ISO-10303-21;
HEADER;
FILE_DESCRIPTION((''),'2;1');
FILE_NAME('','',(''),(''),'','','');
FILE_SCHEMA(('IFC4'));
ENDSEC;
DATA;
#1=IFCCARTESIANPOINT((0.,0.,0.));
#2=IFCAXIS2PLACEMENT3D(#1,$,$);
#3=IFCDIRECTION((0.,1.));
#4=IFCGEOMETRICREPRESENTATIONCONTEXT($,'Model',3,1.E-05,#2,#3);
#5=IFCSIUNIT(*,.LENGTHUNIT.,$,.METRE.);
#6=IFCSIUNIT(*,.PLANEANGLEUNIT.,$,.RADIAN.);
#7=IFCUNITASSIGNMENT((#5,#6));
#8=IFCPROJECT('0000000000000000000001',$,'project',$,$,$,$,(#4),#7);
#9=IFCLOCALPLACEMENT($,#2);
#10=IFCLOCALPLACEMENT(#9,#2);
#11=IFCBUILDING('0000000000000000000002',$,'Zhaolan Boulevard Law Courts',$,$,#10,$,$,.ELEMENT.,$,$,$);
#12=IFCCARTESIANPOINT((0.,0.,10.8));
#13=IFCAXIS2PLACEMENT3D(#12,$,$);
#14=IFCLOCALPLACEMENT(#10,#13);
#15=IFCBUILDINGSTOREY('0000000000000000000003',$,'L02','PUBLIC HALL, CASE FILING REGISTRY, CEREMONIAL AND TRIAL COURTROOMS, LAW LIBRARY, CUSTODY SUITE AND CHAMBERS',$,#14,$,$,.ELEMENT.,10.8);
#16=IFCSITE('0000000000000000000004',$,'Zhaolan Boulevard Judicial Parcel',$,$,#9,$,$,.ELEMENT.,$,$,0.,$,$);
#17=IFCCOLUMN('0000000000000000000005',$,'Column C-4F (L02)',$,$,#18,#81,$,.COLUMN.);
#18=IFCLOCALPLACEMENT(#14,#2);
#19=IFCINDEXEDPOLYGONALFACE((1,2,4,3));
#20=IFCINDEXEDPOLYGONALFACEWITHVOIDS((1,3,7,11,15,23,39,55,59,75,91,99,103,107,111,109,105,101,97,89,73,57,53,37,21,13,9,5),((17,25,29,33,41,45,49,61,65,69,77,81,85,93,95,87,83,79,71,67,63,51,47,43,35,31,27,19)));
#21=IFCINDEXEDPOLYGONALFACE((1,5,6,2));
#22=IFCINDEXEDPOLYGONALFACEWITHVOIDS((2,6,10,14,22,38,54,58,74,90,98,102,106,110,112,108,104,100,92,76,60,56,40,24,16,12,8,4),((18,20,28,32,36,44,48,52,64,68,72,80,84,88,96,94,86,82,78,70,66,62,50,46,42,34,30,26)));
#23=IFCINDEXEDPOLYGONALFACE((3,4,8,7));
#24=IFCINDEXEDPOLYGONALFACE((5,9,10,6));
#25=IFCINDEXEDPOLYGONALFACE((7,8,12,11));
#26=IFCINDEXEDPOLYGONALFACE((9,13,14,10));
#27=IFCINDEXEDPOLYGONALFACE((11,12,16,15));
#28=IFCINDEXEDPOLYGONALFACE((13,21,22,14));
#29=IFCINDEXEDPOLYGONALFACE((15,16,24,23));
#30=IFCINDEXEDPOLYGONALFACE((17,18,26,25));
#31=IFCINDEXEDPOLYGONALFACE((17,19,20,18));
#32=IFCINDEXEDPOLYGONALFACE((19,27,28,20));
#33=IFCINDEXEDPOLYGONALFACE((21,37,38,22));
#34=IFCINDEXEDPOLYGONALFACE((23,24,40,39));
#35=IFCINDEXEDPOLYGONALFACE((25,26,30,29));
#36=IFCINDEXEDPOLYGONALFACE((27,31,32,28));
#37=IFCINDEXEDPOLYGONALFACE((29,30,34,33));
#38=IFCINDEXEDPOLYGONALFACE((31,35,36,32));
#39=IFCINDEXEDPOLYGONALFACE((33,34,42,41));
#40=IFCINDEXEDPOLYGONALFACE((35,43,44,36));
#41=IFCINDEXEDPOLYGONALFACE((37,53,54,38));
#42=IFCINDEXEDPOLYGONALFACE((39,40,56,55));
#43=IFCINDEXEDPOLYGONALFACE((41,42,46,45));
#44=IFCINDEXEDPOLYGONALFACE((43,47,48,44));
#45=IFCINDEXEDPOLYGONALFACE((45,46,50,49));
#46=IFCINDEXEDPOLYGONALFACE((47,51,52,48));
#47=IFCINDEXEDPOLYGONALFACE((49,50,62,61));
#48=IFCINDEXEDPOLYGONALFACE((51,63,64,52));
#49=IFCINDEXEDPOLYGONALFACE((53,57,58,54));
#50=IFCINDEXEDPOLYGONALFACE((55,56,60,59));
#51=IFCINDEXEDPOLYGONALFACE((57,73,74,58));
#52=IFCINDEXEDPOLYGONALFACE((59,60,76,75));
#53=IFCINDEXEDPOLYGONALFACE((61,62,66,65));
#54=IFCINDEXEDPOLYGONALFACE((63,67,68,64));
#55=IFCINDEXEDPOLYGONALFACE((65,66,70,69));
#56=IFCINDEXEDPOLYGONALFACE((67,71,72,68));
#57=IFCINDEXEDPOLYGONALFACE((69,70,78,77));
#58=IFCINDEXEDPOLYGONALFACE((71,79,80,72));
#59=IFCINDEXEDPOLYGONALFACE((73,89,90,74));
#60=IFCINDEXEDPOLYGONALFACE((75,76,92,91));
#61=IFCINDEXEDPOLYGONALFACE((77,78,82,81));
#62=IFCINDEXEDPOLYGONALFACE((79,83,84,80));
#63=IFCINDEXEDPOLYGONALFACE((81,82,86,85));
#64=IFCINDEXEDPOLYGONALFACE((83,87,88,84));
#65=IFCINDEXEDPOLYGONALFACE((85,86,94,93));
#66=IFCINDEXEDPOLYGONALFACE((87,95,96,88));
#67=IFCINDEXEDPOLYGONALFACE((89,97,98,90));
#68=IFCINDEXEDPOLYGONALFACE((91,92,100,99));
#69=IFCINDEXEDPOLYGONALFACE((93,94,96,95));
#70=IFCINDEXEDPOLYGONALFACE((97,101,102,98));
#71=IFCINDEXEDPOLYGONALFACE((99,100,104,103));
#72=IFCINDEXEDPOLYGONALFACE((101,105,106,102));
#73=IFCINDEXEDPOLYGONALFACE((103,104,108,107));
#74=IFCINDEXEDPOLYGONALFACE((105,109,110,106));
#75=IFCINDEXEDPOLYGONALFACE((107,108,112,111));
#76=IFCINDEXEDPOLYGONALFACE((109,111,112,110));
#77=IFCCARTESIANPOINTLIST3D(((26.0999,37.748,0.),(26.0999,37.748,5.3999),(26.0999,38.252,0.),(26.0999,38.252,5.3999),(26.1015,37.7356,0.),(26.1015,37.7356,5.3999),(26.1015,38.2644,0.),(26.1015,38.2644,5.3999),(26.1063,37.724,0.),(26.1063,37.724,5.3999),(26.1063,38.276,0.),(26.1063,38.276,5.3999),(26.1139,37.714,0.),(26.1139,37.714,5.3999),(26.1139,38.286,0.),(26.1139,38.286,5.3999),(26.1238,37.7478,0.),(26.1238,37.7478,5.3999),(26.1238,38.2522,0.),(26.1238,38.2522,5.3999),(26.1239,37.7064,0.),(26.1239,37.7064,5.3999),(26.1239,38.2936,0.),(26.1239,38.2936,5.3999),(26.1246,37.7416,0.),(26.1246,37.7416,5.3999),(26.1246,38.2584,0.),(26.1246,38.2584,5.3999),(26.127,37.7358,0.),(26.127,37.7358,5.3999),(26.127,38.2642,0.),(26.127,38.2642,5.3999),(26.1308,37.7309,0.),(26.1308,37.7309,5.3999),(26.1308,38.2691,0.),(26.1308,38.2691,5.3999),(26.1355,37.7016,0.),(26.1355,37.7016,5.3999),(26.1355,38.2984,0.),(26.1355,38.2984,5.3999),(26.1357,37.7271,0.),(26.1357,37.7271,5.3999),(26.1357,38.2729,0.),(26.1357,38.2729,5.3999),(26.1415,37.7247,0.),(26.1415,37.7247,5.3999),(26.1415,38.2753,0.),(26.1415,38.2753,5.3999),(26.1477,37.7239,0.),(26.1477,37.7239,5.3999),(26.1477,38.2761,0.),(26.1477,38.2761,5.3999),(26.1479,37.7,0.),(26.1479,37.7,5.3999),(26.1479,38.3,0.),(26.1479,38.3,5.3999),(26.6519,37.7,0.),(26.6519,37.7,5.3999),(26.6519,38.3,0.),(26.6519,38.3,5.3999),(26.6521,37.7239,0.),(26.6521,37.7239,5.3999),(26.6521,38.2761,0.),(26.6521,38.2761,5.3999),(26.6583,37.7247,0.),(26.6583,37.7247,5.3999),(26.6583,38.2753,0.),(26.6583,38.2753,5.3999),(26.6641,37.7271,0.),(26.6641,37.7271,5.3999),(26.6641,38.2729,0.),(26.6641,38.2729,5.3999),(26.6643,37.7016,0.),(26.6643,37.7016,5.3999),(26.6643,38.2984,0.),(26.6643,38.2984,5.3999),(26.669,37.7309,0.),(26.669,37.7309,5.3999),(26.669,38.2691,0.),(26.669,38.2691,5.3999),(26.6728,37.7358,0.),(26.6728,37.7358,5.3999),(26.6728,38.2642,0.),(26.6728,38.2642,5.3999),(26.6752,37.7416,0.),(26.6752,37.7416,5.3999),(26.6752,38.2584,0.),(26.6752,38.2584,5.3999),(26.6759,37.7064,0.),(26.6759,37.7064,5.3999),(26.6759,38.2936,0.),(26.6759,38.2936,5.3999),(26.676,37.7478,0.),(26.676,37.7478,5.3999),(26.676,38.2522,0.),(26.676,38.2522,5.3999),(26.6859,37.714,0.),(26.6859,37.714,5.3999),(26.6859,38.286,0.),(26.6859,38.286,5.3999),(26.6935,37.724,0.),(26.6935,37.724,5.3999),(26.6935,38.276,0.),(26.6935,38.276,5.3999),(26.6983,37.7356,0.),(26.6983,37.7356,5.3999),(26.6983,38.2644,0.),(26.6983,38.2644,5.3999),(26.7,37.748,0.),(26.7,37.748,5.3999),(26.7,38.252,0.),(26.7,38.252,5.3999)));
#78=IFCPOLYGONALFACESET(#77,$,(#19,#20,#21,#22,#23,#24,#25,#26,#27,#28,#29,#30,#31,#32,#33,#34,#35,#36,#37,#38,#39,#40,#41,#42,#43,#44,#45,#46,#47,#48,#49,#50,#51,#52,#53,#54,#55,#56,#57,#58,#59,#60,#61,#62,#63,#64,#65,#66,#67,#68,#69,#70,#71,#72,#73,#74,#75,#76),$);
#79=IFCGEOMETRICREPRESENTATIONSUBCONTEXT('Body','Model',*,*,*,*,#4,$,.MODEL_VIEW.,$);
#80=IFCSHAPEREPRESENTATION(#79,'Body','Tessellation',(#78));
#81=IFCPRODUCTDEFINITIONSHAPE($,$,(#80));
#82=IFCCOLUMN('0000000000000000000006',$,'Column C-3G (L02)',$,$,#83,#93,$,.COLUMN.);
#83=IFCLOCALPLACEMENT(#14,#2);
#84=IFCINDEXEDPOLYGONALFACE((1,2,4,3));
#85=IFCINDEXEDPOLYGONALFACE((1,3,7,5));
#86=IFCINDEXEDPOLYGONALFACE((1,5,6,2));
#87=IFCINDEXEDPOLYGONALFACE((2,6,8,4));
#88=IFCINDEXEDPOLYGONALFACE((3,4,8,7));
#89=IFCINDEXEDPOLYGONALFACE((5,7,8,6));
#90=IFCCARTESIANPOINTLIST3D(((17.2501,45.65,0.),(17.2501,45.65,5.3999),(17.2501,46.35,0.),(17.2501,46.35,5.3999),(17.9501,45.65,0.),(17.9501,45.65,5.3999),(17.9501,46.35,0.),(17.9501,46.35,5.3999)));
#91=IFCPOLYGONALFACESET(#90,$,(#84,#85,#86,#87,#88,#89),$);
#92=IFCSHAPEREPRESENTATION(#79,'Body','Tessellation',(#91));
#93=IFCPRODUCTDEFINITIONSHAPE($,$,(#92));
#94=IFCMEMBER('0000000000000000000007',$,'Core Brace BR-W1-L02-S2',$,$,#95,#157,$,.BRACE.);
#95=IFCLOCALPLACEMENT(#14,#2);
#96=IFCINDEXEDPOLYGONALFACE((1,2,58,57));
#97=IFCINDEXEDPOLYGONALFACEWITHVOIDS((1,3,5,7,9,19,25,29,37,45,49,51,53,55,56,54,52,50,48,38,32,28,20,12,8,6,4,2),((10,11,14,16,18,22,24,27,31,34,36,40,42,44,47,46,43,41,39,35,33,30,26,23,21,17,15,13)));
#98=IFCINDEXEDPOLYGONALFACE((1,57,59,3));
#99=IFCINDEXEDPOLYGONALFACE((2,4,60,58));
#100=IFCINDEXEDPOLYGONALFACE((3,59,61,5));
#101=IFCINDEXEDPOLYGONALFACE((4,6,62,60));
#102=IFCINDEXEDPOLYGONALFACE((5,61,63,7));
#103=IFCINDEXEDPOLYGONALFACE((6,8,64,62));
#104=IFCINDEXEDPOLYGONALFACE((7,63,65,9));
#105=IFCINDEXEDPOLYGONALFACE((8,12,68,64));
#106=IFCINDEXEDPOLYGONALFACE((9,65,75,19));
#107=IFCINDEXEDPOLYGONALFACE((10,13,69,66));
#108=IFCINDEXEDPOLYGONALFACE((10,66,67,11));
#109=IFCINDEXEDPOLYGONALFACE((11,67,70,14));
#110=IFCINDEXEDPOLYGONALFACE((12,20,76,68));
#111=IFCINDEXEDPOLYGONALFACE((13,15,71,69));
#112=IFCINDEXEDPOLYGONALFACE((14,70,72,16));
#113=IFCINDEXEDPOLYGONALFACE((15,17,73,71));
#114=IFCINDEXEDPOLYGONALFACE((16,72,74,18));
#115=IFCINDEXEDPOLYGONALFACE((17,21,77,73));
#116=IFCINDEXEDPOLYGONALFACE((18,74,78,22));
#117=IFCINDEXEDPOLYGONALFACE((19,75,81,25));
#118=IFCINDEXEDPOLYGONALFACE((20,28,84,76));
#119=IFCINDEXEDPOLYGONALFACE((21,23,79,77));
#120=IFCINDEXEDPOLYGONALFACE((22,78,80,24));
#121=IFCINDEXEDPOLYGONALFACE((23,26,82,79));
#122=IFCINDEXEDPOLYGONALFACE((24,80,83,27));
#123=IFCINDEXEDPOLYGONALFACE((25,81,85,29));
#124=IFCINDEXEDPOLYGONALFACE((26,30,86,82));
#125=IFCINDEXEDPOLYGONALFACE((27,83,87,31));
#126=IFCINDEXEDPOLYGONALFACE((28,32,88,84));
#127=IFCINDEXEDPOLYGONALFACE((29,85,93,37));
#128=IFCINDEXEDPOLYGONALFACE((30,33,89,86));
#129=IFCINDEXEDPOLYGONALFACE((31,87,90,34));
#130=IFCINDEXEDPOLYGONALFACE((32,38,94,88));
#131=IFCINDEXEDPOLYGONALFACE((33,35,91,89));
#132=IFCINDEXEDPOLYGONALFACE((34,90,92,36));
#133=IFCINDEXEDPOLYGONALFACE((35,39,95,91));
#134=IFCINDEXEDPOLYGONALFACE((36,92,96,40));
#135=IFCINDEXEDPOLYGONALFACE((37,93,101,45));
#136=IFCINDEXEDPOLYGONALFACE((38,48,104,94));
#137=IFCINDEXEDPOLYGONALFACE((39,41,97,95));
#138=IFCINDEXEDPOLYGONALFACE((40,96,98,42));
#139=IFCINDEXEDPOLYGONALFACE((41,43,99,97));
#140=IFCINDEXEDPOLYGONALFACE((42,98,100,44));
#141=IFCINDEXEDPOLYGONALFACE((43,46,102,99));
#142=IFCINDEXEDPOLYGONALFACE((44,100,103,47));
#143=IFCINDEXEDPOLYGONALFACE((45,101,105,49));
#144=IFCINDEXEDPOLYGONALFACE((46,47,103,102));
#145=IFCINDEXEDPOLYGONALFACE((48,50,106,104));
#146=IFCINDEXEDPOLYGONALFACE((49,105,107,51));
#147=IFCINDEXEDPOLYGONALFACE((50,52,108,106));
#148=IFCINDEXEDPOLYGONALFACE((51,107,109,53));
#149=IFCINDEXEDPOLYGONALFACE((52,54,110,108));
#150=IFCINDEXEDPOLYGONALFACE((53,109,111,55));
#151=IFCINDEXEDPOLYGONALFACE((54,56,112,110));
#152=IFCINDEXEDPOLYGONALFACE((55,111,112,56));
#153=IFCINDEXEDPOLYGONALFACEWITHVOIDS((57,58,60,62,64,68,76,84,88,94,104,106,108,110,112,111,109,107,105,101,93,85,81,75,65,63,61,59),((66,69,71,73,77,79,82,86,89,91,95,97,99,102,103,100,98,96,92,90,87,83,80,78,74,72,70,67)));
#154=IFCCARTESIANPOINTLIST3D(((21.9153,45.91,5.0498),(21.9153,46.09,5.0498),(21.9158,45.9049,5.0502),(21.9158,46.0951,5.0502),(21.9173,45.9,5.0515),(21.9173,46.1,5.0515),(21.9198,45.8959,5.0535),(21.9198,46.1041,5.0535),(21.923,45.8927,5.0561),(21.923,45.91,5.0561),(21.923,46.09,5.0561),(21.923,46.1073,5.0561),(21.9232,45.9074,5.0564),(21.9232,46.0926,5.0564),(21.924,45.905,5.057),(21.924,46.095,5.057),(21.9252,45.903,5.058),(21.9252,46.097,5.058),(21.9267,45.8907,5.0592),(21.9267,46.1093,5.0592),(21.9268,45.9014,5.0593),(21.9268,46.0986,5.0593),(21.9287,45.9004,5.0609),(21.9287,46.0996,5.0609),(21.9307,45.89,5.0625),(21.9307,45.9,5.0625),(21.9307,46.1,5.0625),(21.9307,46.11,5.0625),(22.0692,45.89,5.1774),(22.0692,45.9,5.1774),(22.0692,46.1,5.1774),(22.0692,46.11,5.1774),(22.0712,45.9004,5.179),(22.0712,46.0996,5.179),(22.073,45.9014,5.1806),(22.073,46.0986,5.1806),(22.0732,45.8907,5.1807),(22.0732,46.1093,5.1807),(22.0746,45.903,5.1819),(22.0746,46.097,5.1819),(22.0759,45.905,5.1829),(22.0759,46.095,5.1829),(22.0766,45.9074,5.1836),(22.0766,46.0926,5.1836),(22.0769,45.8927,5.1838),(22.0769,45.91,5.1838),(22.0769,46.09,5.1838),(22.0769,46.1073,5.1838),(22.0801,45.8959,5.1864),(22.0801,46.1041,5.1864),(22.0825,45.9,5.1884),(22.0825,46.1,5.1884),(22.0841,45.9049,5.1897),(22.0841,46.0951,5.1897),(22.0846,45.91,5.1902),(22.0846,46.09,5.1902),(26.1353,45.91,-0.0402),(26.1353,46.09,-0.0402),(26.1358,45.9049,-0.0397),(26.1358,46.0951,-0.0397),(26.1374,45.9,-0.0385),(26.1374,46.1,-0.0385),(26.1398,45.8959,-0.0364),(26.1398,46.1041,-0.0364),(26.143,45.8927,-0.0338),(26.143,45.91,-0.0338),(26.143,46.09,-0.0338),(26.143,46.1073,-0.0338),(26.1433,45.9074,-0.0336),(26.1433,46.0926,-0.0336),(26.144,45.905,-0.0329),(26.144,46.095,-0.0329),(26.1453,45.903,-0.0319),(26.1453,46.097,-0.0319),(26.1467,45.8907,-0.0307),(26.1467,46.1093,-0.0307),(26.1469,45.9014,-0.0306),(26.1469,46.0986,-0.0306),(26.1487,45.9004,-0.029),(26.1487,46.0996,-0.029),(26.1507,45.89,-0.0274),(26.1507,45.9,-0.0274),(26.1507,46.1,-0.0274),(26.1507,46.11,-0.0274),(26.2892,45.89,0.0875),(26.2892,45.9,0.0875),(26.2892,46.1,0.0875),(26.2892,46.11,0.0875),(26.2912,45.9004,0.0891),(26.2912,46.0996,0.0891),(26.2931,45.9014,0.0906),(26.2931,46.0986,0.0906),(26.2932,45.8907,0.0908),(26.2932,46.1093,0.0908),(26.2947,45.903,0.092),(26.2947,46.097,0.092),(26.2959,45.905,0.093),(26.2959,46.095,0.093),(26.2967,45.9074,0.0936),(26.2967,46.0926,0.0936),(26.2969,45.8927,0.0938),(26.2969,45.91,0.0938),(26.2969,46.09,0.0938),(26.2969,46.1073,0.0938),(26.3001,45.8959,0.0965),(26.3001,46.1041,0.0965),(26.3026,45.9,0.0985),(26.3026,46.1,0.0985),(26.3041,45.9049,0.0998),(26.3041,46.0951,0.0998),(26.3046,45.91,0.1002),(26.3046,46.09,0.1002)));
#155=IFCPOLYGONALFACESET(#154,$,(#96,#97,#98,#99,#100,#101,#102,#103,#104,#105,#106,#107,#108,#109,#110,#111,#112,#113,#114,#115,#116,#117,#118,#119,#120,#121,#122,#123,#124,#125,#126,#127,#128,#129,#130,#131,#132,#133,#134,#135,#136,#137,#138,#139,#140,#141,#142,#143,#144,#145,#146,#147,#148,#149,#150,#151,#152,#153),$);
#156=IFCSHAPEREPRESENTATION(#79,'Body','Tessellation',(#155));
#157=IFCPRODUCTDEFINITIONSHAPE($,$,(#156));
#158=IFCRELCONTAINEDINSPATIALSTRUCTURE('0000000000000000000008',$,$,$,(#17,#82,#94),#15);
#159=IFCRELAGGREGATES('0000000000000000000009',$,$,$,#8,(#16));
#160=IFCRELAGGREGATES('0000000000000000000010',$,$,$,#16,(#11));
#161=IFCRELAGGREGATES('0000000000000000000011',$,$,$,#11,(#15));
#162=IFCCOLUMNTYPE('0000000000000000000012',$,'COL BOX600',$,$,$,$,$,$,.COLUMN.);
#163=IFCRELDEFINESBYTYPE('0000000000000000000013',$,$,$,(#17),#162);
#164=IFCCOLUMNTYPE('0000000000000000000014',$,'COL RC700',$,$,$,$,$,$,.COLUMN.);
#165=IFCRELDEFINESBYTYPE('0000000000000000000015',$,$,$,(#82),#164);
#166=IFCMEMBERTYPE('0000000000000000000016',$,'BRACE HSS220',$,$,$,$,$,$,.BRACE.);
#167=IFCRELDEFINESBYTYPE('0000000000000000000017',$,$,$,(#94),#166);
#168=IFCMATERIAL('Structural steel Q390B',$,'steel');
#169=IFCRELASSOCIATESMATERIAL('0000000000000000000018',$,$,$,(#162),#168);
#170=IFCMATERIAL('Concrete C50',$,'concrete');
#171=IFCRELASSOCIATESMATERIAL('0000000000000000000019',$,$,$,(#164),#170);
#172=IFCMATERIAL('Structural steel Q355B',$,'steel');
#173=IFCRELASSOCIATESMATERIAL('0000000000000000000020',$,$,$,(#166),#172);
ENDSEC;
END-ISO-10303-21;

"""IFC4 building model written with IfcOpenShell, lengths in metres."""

from ifc_helpers import new_model, si_unit, direction, frame, origin, origin_2d, place, context, subcontext, project, spatial, rectangle, hollow_rectangle, extrude, material, material_profile, profile_set, type_object, element, save


model = new_model("IFC4")

# Units and contexts
model_context = context("Model", 3, precision=1e-05, world=origin(), true_north=direction((0.0, 1.0)))
body_context = subcontext(model_context, "Body", "Model", "MODEL_VIEW")
ifc_project = project(units=[si_unit("LENGTHUNIT", "METRE"), si_unit("PLANEANGLEUNIT", "RADIAN")], contexts=[model_context])

# Site, building, storey
site_placement = place(None, origin())
site = spatial("IfcSite", under=ifc_project, at=site_placement, Name="Zhaolan Boulevard Judicial Parcel", CompositionType="ELEMENT", RefElevation=0.0)
building_placement = place(site_placement, origin())
building = spatial("IfcBuilding", under=site, at=building_placement, Name="Zhaolan Boulevard Law Courts", CompositionType="ELEMENT")
storey_placement = place(building_placement, frame((0.0, 0.0, 10.8)))
storey = spatial("IfcBuildingStorey", under=building, at=storey_placement, Name="L02", Description="PUBLIC HALL, CASE FILING REGISTRY, CEREMONIAL AND TRIAL COURTROOMS, LAW LIBRARY, CUSTODY SUITE AND CHAMBERS", CompositionType="ELEMENT", Elevation=10.8)

# Columns
ifc_material_1 = material(Name="Structural steel Q390B", Category="steel")
ifc_material_profile_1 = material_profile(ifc_material_1, hollow_rectangle(XDim=0.6001, YDim=0.6001, WallThickness=0.0239, InnerFilletRadius=0.0239, OuterFilletRadius=0.0481, at=origin_2d()), Name="BOX600x600x24")
ifc_profile_set_1 = profile_set([ifc_material_profile_1], Name="Structural steel Q390B")
column_type_1 = type_object("IfcColumnType", Name="COL BOX600", PredefinedType="COLUMN", material=ifc_profile_set_1)
column_1_placement = place(storey_placement, frame((26.3999, 38.0, 0.0), z_axis=(0.0, 0.0, 1.0), x_axis=(1.0, 0.0, 0.0)))
element("IfcColumn", 1, at=column_1_placement, inside=storey, type_object=column_type_1, Name="Column C-4F (L02)", PredefinedType="COLUMN", context=body_context, shape_type="SweptSolid", body=[
    extrude(hollow_rectangle(XDim=0.6001, YDim=0.6001, WallThickness=0.0239, InnerFilletRadius=0.0239, OuterFilletRadius=0.0481, at=origin_2d()), origin(), (0.0, 0.0, 1.0), 5.3999),
])
ifc_material_2 = material(Name="Concrete C50", Category="concrete")
ifc_material_profile_2 = material_profile(ifc_material_2, rectangle(XDim=0.7, YDim=0.7, at=origin_2d()), Name="RC700x700")
ifc_profile_set_2 = profile_set([ifc_material_profile_2], Name="Concrete C50")
column_type_2 = type_object("IfcColumnType", Name="COL RC700", PredefinedType="COLUMN", material=ifc_profile_set_2)
column_2_placement = place(storey_placement, frame((17.6001, 46.0, 0.0), z_axis=(0.0, 0.0, 1.0), x_axis=(1.0, 0.0, 0.0)))
element("IfcColumn", 2, at=column_2_placement, inside=storey, type_object=column_type_2, Name="Column C-3G (L02)", PredefinedType="COLUMN", context=body_context, shape_type="SweptSolid", body=[
    extrude(rectangle(XDim=0.7, YDim=0.7, at=origin_2d()), origin(), (0.0, 0.0, 1.0), 5.3999),
])

# Member
ifc_material_3 = material(Name="Structural steel Q355B", Category="steel")
ifc_material_profile_3 = material_profile(ifc_material_3, hollow_rectangle(XDim=0.22, YDim=0.22, WallThickness=0.01, InnerFilletRadius=0.01, OuterFilletRadius=0.02, at=origin_2d()), Name="HSS220x220x10")
ifc_profile_set_3 = profile_set([ifc_material_profile_3], Name="Structural steel Q355B")
member_type_1 = type_object("IfcMemberType", Name="BRACE HSS220", PredefinedType="BRACE", material=ifc_profile_set_3)
member_1_placement = place(storey_placement, frame((26.22, 46.0, 0.03), z_axis=(-0.638257, 0.0, 0.769823), x_axis=(0.0, -1.0, 0.0)))
element("IfcMember", 3, at=member_1_placement, inside=storey, type_object=member_type_1, Name="Core Brace BR-W1-L02-S2", PredefinedType="BRACE", context=body_context, shape_type="SweptSolid", body=[
    extrude(hollow_rectangle(XDim=0.22, YDim=0.22, WallThickness=0.01, InnerFilletRadius=0.01, OuterFilletRadius=0.02, at=origin_2d()), origin(), (0.0, 0.0, 1.0), 6.6118),
])

save(model, "model.ifc")
